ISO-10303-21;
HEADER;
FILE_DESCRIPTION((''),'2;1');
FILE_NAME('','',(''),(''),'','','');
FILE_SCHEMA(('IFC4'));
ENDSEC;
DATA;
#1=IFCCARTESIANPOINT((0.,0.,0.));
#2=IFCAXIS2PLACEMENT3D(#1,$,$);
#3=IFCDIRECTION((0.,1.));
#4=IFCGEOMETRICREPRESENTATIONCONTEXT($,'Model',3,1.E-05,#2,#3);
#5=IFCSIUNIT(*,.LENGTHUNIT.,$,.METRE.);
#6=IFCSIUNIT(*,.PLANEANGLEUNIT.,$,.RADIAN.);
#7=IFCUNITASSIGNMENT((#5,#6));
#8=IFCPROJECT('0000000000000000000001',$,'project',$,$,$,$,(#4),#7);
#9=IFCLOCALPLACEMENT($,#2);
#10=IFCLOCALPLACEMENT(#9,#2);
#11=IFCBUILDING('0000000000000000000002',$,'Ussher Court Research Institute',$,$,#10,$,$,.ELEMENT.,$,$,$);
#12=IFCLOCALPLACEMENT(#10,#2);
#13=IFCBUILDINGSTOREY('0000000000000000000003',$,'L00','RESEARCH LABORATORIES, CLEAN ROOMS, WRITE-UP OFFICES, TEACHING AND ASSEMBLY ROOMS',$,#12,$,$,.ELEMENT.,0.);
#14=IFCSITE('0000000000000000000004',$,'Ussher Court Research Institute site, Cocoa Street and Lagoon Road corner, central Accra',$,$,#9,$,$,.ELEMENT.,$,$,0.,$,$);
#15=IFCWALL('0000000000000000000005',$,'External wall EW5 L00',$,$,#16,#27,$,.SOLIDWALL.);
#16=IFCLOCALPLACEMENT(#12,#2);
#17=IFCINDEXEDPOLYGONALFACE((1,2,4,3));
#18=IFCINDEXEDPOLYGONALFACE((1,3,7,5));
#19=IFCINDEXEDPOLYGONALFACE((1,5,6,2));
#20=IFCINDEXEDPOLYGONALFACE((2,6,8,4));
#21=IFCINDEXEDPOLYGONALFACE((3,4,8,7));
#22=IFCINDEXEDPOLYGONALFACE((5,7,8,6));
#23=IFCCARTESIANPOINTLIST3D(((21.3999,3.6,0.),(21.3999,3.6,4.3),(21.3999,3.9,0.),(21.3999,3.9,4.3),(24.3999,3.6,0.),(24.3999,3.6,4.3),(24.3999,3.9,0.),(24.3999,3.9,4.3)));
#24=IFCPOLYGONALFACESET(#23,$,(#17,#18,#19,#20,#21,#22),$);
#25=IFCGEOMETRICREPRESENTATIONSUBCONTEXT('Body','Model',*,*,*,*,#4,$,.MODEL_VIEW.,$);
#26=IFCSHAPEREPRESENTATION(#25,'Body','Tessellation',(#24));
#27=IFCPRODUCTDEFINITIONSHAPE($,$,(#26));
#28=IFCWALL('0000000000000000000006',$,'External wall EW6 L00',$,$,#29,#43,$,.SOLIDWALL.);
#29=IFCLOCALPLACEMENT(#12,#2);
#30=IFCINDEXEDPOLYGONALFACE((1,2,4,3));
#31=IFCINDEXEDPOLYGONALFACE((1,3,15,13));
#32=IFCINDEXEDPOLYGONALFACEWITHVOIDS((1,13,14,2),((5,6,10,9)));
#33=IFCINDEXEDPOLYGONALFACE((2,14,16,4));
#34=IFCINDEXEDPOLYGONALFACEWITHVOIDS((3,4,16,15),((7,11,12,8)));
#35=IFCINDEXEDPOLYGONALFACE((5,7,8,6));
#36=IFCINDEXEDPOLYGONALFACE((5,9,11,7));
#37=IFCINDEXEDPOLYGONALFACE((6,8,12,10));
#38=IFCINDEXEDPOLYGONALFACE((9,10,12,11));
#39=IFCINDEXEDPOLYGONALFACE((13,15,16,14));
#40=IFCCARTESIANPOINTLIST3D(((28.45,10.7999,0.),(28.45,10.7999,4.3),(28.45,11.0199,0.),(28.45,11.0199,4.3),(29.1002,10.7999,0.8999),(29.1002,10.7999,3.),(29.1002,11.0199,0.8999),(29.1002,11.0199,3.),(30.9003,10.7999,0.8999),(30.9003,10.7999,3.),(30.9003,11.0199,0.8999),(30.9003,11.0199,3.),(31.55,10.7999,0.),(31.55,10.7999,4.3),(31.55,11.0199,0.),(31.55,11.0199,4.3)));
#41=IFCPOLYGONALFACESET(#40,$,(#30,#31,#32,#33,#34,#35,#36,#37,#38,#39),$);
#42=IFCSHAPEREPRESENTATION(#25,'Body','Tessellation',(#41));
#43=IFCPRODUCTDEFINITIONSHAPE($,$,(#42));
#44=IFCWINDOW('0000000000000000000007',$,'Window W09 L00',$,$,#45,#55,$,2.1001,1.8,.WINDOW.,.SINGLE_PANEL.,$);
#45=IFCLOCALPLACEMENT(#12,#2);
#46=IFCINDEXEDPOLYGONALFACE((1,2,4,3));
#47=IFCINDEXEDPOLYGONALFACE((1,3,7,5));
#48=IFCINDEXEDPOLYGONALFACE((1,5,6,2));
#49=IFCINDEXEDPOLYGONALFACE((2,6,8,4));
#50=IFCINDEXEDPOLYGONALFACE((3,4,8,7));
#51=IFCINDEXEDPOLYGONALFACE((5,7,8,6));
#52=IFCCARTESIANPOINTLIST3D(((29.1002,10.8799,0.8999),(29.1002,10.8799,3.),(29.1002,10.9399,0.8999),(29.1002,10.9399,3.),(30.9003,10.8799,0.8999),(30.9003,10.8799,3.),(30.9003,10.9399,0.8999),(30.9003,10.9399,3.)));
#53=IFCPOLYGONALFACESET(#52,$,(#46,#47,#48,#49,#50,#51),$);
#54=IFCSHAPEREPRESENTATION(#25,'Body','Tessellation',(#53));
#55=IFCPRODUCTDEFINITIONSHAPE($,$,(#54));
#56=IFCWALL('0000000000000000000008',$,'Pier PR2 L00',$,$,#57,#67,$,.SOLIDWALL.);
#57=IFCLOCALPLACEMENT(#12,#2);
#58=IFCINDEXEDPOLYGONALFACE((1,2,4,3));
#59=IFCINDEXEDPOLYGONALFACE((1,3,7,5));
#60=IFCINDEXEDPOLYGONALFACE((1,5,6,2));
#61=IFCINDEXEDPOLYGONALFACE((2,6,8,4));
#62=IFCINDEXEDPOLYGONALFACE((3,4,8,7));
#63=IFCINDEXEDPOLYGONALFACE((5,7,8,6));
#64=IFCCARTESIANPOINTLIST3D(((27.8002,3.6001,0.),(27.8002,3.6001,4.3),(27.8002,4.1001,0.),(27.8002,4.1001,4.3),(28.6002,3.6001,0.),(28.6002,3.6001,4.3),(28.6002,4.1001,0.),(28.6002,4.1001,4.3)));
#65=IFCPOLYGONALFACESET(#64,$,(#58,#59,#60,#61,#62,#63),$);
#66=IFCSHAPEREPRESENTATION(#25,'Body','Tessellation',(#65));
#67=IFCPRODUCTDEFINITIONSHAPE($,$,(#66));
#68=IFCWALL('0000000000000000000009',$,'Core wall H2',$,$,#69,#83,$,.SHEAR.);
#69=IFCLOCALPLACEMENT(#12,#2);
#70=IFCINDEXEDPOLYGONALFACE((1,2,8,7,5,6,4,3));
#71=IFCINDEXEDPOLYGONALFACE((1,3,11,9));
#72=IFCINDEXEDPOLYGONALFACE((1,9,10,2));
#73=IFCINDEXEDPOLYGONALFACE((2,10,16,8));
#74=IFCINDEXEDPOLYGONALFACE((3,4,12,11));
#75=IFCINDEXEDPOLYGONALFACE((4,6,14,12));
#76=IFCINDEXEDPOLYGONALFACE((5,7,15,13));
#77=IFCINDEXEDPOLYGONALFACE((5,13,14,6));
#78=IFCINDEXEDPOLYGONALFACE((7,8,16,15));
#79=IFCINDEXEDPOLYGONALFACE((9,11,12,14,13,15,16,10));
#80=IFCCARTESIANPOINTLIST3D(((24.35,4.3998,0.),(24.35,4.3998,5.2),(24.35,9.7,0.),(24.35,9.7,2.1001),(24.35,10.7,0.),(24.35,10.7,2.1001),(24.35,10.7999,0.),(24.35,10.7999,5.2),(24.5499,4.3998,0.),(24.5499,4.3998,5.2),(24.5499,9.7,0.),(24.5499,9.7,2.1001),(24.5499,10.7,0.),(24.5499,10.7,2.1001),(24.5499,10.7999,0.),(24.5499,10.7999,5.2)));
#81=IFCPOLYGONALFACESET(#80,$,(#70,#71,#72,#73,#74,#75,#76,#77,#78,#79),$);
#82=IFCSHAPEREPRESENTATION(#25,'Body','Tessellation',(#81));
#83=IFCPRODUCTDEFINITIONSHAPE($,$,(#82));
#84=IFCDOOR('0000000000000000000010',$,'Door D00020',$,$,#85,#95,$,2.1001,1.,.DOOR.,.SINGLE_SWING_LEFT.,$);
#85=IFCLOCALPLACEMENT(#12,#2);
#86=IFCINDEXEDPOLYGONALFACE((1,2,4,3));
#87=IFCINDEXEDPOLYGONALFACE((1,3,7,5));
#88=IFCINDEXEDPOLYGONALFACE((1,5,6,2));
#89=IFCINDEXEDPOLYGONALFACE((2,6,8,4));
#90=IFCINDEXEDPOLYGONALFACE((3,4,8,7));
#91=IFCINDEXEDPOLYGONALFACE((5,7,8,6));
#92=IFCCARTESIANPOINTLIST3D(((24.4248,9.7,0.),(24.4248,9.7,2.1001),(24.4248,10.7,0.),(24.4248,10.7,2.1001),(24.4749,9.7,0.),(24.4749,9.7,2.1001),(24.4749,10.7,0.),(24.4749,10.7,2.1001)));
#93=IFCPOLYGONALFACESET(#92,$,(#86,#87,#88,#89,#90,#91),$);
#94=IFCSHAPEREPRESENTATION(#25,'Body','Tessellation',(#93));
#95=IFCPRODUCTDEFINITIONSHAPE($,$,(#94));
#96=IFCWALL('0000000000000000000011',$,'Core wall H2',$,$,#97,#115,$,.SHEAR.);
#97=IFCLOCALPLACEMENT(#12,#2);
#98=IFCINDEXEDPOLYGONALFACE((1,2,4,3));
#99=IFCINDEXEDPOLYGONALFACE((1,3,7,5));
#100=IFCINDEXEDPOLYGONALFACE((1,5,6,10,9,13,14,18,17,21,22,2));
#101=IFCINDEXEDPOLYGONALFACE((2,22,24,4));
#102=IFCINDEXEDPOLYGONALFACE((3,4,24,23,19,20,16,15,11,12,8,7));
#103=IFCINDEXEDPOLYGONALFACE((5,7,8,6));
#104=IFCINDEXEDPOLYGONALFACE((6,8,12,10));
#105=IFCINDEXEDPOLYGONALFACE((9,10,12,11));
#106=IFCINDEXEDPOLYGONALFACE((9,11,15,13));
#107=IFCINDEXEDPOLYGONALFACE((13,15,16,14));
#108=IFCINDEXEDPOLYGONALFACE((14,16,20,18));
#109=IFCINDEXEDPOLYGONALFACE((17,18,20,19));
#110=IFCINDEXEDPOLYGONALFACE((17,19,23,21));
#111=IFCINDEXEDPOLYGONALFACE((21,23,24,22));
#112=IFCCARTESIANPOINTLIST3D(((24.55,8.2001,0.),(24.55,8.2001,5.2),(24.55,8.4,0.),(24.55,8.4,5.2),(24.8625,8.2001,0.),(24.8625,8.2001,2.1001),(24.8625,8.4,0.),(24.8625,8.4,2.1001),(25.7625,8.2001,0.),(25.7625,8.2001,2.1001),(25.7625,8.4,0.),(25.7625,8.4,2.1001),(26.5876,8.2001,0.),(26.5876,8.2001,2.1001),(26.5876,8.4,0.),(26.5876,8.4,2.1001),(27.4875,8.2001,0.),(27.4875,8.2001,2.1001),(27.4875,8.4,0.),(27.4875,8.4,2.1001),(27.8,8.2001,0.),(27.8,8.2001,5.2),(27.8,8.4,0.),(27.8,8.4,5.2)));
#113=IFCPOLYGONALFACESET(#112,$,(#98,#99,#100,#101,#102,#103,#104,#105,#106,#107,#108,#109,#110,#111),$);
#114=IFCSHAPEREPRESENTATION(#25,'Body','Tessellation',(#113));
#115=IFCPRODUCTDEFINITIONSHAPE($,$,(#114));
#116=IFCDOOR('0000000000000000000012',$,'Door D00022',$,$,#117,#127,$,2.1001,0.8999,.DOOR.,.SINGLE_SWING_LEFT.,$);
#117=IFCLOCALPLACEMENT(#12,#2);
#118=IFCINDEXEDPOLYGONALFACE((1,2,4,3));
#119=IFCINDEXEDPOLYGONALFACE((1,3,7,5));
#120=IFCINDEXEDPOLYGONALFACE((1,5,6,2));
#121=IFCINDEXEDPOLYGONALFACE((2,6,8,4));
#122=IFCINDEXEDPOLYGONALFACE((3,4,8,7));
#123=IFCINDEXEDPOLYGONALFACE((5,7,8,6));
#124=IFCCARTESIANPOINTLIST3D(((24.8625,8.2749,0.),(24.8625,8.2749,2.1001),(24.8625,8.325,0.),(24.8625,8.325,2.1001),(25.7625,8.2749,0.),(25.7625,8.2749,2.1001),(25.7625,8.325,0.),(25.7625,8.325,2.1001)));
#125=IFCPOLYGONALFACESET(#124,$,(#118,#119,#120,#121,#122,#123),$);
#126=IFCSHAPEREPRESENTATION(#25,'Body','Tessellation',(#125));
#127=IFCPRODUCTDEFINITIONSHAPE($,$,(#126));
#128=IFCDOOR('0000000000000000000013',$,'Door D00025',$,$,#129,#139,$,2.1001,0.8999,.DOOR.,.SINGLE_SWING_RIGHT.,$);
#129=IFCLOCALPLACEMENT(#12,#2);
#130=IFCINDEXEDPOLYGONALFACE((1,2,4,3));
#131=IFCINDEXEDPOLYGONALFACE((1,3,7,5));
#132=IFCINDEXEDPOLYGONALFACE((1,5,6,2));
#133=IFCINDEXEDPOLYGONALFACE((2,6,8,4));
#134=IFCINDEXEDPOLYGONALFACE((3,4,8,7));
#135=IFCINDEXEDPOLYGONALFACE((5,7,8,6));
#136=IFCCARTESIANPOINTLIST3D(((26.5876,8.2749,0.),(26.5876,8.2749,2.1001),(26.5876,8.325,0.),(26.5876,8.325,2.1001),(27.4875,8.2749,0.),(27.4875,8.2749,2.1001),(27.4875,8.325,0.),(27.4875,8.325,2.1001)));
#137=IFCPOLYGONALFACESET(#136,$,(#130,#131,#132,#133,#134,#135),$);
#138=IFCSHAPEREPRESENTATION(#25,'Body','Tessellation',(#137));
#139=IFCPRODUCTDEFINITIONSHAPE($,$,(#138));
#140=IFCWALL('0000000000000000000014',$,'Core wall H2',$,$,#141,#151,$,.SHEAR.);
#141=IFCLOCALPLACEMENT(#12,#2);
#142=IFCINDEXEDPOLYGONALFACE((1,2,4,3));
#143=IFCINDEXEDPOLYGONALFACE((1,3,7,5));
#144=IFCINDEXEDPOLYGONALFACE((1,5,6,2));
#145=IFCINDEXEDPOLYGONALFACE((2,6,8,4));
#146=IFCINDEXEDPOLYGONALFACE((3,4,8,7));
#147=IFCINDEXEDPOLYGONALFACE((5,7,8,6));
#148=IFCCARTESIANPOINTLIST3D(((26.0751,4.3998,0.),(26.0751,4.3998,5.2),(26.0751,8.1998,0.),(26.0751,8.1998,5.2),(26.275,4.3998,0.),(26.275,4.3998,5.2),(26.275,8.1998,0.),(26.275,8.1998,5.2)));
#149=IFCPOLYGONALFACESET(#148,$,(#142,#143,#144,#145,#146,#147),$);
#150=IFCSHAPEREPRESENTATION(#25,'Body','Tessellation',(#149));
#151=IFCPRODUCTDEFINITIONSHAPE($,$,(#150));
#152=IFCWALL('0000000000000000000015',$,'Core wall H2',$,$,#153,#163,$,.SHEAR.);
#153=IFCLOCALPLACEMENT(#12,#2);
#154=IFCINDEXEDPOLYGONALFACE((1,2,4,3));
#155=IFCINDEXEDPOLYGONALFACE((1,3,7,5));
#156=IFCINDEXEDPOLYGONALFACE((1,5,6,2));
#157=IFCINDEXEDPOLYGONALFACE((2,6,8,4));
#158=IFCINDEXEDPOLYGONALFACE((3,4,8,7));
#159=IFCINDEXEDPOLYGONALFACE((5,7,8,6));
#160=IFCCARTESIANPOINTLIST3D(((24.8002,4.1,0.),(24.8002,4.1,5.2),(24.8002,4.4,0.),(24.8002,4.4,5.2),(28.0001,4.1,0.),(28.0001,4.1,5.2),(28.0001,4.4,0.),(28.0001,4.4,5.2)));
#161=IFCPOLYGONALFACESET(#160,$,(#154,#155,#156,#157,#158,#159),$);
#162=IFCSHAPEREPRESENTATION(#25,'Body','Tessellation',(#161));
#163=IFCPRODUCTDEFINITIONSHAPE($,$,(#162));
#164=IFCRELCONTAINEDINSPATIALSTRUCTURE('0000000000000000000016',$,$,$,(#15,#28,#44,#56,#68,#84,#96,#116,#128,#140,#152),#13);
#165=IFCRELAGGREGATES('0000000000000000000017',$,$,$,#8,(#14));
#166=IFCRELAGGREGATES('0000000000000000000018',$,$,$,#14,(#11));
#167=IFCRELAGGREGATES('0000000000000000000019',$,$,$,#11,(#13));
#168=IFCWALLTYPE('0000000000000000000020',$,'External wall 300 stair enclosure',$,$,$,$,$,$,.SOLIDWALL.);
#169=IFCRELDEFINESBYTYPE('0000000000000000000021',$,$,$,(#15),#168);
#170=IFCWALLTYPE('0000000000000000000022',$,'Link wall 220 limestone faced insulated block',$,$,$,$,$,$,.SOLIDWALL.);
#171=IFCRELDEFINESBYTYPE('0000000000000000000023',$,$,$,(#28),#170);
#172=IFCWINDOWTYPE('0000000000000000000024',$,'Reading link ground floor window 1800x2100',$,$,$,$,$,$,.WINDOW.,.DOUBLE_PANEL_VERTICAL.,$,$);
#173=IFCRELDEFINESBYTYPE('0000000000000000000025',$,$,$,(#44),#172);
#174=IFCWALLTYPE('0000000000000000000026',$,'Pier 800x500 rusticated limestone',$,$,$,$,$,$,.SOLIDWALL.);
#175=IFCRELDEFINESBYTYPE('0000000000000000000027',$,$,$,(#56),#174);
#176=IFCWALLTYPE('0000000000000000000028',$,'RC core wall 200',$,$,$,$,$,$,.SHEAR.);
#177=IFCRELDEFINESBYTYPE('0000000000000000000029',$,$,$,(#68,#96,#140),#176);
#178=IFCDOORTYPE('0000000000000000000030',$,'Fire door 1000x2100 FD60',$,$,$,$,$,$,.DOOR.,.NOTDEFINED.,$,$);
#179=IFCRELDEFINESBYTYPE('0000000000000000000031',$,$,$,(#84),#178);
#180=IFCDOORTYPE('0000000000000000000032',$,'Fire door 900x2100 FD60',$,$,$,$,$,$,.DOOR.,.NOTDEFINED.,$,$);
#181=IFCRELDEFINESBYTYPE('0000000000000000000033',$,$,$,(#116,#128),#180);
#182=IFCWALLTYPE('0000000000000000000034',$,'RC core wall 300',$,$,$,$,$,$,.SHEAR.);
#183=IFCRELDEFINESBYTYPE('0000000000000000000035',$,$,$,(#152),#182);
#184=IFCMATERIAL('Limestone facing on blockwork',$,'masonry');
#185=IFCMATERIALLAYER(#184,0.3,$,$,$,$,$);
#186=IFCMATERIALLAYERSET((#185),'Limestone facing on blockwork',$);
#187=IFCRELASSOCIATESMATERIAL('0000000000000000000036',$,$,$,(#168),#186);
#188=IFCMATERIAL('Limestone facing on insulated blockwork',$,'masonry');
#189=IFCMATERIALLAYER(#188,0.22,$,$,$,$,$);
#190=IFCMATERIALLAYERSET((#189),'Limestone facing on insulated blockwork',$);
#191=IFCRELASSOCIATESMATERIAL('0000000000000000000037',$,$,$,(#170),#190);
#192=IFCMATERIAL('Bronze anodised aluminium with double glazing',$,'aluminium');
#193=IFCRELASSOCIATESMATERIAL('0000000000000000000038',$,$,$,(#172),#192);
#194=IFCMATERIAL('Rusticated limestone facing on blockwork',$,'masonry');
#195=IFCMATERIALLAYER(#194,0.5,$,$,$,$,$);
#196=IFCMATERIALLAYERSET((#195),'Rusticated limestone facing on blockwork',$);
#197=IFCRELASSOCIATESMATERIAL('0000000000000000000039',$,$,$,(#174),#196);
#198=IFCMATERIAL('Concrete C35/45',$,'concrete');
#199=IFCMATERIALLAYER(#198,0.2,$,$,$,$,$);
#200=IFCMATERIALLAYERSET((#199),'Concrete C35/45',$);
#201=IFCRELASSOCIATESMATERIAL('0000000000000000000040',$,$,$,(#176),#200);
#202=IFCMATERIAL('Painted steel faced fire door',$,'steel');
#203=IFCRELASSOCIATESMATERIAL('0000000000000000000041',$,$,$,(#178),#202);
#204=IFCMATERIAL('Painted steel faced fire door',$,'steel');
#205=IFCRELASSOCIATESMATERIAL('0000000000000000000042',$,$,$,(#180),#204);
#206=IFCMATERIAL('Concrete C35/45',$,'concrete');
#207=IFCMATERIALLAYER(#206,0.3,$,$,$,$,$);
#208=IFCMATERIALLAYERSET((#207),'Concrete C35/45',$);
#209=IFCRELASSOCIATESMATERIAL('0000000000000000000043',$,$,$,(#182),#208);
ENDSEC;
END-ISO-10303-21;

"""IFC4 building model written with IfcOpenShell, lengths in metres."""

from ifc_helpers import new_model, si_unit, direction, frame, frame_2d, origin, place, context, subcontext, project, spatial, rectangle, extrude, material, layer, layer_set, type_object, element, fill, save


model = new_model("IFC4")

# Units and contexts
model_context = context("Model", 3, precision=1e-05, world=origin(), true_north=direction((0.0, 1.0)))
body_context = subcontext(model_context, "Body", "Model", "MODEL_VIEW")
ifc_project = project(units=[si_unit("LENGTHUNIT", "METRE"), si_unit("PLANEANGLEUNIT", "RADIAN")], contexts=[model_context])

# Site, building, storey
site_placement = place(None, origin())
site = spatial("IfcSite", under=ifc_project, at=site_placement, Name="Ussher Court Research Institute site, Cocoa Street and Lagoon Road corner, central Accra", CompositionType="ELEMENT", RefElevation=0.0)
building_placement = place(site_placement, origin())
building = spatial("IfcBuilding", under=site, at=building_placement, Name="Ussher Court Research Institute", CompositionType="ELEMENT")
storey_placement = place(building_placement, origin())
storey = spatial("IfcBuildingStorey", under=building, at=storey_placement, Name="L00", Description="RESEARCH LABORATORIES, CLEAN ROOMS, WRITE-UP OFFICES, TEACHING AND ASSEMBLY ROOMS", CompositionType="ELEMENT", Elevation=0.0)

# Wall
ifc_material_1 = material(Name="Limestone facing on blockwork", Category="masonry")
ifc_layer_1 = layer(ifc_material_1, 0.3)
ifc_layer_set_1 = layer_set([ifc_layer_1], Name="Limestone facing on blockwork")
wall_type_1 = type_object("IfcWallType", Name="External wall 300 stair enclosure", PredefinedType="SOLIDWALL", material=ifc_layer_set_1)
for number, where, z_axis, x_axis, name in (
    (1, (24.3999, 3.75, 0.0), (0.0, 0.0, 1.0), (-1.0, 0.0, 0.0), "External wall EW5 L00"),
):
    element("IfcWall", number, at=place(storey_placement, frame(where, z_axis=z_axis, x_axis=x_axis)), inside=storey, type_object=wall_type_1, Name=name, PredefinedType="SOLIDWALL", context=body_context, shape_type="SweptSolid", body=[
        extrude(rectangle(XDim=3.0, YDim=0.3, at=frame_2d((1.5, 0.0))), origin(), (0.0, 0.0, 1.0), 4.3),
    ])

# Wall, opening, window
ifc_material_2 = material(Name="Limestone facing on insulated blockwork", Category="masonry")
ifc_layer_2 = layer(ifc_material_2, 0.22)
ifc_layer_set_2 = layer_set([ifc_layer_2], Name="Limestone facing on insulated blockwork")
wall_type_2 = type_object("IfcWallType", Name="Link wall 220 limestone faced insulated block", PredefinedType="SOLIDWALL", material=ifc_layer_set_2)
wall_1_placement = place(storey_placement, frame((31.55, 10.9099, 0.0), z_axis=(0.0, 0.0, 1.0), x_axis=(-1.0, 0.0, 0.0)))
wall_1 = element("IfcWall", 2, at=wall_1_placement, inside=storey, type_object=wall_type_2, Name="External wall EW6 L00", PredefinedType="SOLIDWALL", context=body_context, shape_type="SweptSolid", body=[
    extrude(rectangle(XDim=3.1001, YDim=0.22, at=frame_2d((1.55, 0.0))), origin(), (0.0, 0.0, 1.0), 4.3),
])
opening_1_placement = place(wall_1_placement, frame((0.6499, 0.0, 0.8999)))
opening_1 = element("IfcOpeningElement", 3, at=opening_1_placement, cuts=wall_1, PredefinedType="OPENING", context=body_context, shape_type="SweptSolid", body=[
    extrude(rectangle(XDim=1.8, YDim=2.1001, at=frame_2d((0.8999, 1.05))), frame((0.0, 0.1201, 0.0), z_axis=(0.0, -1.0, 0.0), x_axis=(1.0, 0.0, 0.0)), (0.0, 0.0, 1.0), 0.24),
])
ifc_material_3 = material(Name="Bronze anodised aluminium with double glazing", Category="aluminium")
window_type = type_object("IfcWindowType", Name="Reading link ground floor window 1800x2100", PartitioningType="DOUBLE_PANEL_VERTICAL", PredefinedType="WINDOW", material=ifc_material_3)
window_placement = place(opening_1_placement, origin())
window = element("IfcWindow", 4, at=window_placement, inside=storey, type_object=window_type, Name="Window W09 L00", OverallHeight=2.1001, OverallWidth=1.8, PartitioningType="SINGLE_PANEL", PredefinedType="WINDOW", context=body_context, shape_type="SweptSolid", body=[
    extrude(rectangle(XDim=1.8, YDim=2.1001, at=frame_2d((0.8999, 1.05))), frame((0.0, 0.03, 0.0), z_axis=(0.0, -1.0, 0.0), x_axis=(1.0, 0.0, 0.0)), (0.0, 0.0, 1.0), 0.0601),
])
fill(opening_1, window)

# Wall
ifc_material_4 = material(Name="Rusticated limestone facing on blockwork", Category="masonry")
ifc_layer_3 = layer(ifc_material_4, 0.5)
ifc_layer_set_3 = layer_set([ifc_layer_3], Name="Rusticated limestone facing on blockwork")
wall_type_3 = type_object("IfcWallType", Name="Pier 800x500 rusticated limestone", PredefinedType="SOLIDWALL", material=ifc_layer_set_3)
wall_2_placement = place(storey_placement, frame((28.6001, 3.8501, 0.0), z_axis=(0.0, 0.0, 1.0), x_axis=(-1.0, 0.0, 0.0)))
element("IfcWall", 5, at=wall_2_placement, inside=storey, type_object=wall_type_3, Name="Pier PR2 L00", PredefinedType="SOLIDWALL", context=body_context, shape_type="SweptSolid", body=[
    extrude(rectangle(XDim=0.8, YDim=0.5, at=frame_2d((0.3999, 0.0))), origin(), (0.0, 0.0, 1.0), 4.3),
])

# Wall, opening, door
ifc_material_5 = material(Name="Concrete C35/45", Category="concrete")
ifc_layer_4 = layer(ifc_material_5, 0.2)
ifc_layer_set_4 = layer_set([ifc_layer_4], Name="Concrete C35/45")
wall_type_4 = type_object("IfcWallType", Name="RC core wall 200", PredefinedType="SHEAR", material=ifc_layer_set_4)
wall_3_placement = place(storey_placement, frame((24.45, 10.8, 0.0), z_axis=(0.0, 0.0, 1.0), x_axis=(0.0, -1.0, 0.0)))
wall_3 = element("IfcWall", 6, at=wall_3_placement, inside=storey, type_object=wall_type_4, Name="Core wall H2", PredefinedType="SHEAR", context=body_context, shape_type="SweptSolid", body=[
    extrude(rectangle(XDim=6.4001, YDim=0.2, at=frame_2d((3.2002, 0.0))), origin(), (0.0, 0.0, 1.0), 5.2),
])
opening_2_placement = place(wall_3_placement, frame((0.1001, 0.0, 0.0)))
opening_2 = element("IfcOpeningElement", 7, at=opening_2_placement, cuts=wall_3, PredefinedType="OPENING", context=body_context, shape_type="SweptSolid", body=[
    extrude(rectangle(XDim=1.0, YDim=2.1001, at=frame_2d((0.5, 1.05))), frame((0.0, 0.1099, 0.0), z_axis=(0.0, -1.0, 0.0), x_axis=(1.0, 0.0, 0.0)), (0.0, 0.0, 1.0), 0.22),
])
ifc_material_6 = material(Name="Painted steel faced fire door", Category="steel")
door_type_1 = type_object("IfcDoorType", Name="Fire door 1000x2100 FD60", OperationType="NOTDEFINED", PredefinedType="DOOR", material=ifc_material_6)
door_1_placement = place(opening_2_placement, origin())
door_1 = element("IfcDoor", 8, at=door_1_placement, inside=storey, type_object=door_type_1, Name="Door D00020", OperationType="SINGLE_SWING_LEFT", OverallHeight=2.1001, OverallWidth=1.0, PredefinedType="DOOR", context=body_context, shape_type="SweptSolid", body=[
    extrude(rectangle(XDim=1.0, YDim=2.1001, at=frame_2d((0.5, 1.05))), frame((0.0, 0.0249, 0.0), z_axis=(0.0, -1.0, 0.0), x_axis=(1.0, 0.0, 0.0)), (0.0, 0.0, 1.0), 0.05),
])
fill(opening_2, door_1)

# Wall, openings, doors
wall_4_placement = place(storey_placement, frame((24.55, 8.3, 0.0), z_axis=(0.0, 0.0, 1.0), x_axis=(1.0, 0.0, 0.0)))
wall_4 = element("IfcWall", 9, at=wall_4_placement, inside=storey, type_object=wall_type_4, Name="Core wall H2", PredefinedType="SHEAR", context=body_context, shape_type="SweptSolid", body=[
    extrude(rectangle(XDim=3.25, YDim=0.2, at=frame_2d((1.625, 0.0))), origin(), (0.0, 0.0, 1.0), 5.2),
])
opening_3_placement = place(wall_4_placement, frame((0.3125, 0.0, 0.0)))
opening_3 = element("IfcOpeningElement", 10, at=opening_3_placement, cuts=wall_4, PredefinedType="OPENING", context=body_context, shape_type="SweptSolid", body=[
    extrude(rectangle(XDim=0.8999, YDim=2.1001, at=frame_2d((0.45, 1.05))), frame((0.0, 0.1099, 0.0), z_axis=(0.0, -1.0, 0.0), x_axis=(1.0, 0.0, 0.0)), (0.0, 0.0, 1.0), 0.22),
])
opening_4_placement = place(wall_4_placement, frame((2.0376, 0.0, 0.0)))
opening_4 = element("IfcOpeningElement", 11, at=opening_4_placement, cuts=wall_4, PredefinedType="OPENING", context=body_context, shape_type="SweptSolid", body=[
    extrude(rectangle(XDim=0.8999, YDim=2.1001, at=frame_2d((0.45, 1.05))), frame((0.0, 0.1099, 0.0), z_axis=(0.0, -1.0, 0.0), x_axis=(1.0, 0.0, 0.0)), (0.0, 0.0, 1.0), 0.22),
])
ifc_material_7 = material(Name="Painted steel faced fire door", Category="steel")
door_type_2 = type_object("IfcDoorType", Name="Fire door 900x2100 FD60", OperationType="NOTDEFINED", PredefinedType="DOOR", material=ifc_material_7)
door_2_placement = place(opening_3_placement, origin())
door_2 = element("IfcDoor", 12, at=door_2_placement, inside=storey, type_object=door_type_2, Name="Door D00022", OperationType="SINGLE_SWING_LEFT", OverallHeight=2.1001, OverallWidth=0.8999, PredefinedType="DOOR", context=body_context, shape_type="SweptSolid", body=[
    extrude(rectangle(XDim=0.8999, YDim=2.1001, at=frame_2d((0.45, 1.05))), frame((0.0, 0.0249, 0.0), z_axis=(0.0, -1.0, 0.0), x_axis=(1.0, 0.0, 0.0)), (0.0, 0.0, 1.0), 0.05),
])
fill(opening_3, door_2)
door_3_placement = place(opening_4_placement, origin())
door_3 = element("IfcDoor", 13, at=door_3_placement, inside=storey, type_object=door_type_2, Name="Door D00025", OperationType="SINGLE_SWING_RIGHT", OverallHeight=2.1001, OverallWidth=0.8999, PredefinedType="DOOR", context=body_context, shape_type="SweptSolid", body=[
    extrude(rectangle(XDim=0.8999, YDim=2.1001, at=frame_2d((0.45, 1.05))), frame((0.0, 0.0249, 0.0), z_axis=(0.0, -1.0, 0.0), x_axis=(1.0, 0.0, 0.0)), (0.0, 0.0, 1.0), 0.05),
])
fill(opening_4, door_3)

# Walls
wall_5_placement = place(storey_placement, frame((26.175, 4.3999, 0.0), z_axis=(0.0, 0.0, 1.0), x_axis=(0.0, 1.0, 0.0)))
element("IfcWall", 14, at=wall_5_placement, inside=storey, type_object=wall_type_4, Name="Core wall H2", PredefinedType="SHEAR", context=body_context, shape_type="SweptSolid", body=[
    extrude(rectangle(XDim=3.8, YDim=0.2, at=frame_2d((1.8999, 0.0))), origin(), (0.0, 0.0, 1.0), 5.2),
])
ifc_material_8 = material(Name="Concrete C35/45", Category="concrete")
ifc_layer_5 = layer(ifc_material_8, 0.3)
ifc_layer_set_5 = layer_set([ifc_layer_5], Name="Concrete C35/45")
wall_type_5 = type_object("IfcWallType", Name="RC core wall 300", PredefinedType="SHEAR", material=ifc_layer_set_5)
wall_6_placement = place(storey_placement, frame((24.8, 4.25, 0.0), z_axis=(0.0, 0.0, 1.0), x_axis=(1.0, 0.0, 0.0)))
element("IfcWall", 15, at=wall_6_placement, inside=storey, type_object=wall_type_5, Name="Core wall H2", PredefinedType="SHEAR", context=body_context, shape_type="SweptSolid", body=[
    extrude(rectangle(XDim=3.2, YDim=0.3, at=frame_2d((1.6001, 0.0))), origin(), (0.0, 0.0, 1.0), 5.2),
])

save(model, "model.ifc")
